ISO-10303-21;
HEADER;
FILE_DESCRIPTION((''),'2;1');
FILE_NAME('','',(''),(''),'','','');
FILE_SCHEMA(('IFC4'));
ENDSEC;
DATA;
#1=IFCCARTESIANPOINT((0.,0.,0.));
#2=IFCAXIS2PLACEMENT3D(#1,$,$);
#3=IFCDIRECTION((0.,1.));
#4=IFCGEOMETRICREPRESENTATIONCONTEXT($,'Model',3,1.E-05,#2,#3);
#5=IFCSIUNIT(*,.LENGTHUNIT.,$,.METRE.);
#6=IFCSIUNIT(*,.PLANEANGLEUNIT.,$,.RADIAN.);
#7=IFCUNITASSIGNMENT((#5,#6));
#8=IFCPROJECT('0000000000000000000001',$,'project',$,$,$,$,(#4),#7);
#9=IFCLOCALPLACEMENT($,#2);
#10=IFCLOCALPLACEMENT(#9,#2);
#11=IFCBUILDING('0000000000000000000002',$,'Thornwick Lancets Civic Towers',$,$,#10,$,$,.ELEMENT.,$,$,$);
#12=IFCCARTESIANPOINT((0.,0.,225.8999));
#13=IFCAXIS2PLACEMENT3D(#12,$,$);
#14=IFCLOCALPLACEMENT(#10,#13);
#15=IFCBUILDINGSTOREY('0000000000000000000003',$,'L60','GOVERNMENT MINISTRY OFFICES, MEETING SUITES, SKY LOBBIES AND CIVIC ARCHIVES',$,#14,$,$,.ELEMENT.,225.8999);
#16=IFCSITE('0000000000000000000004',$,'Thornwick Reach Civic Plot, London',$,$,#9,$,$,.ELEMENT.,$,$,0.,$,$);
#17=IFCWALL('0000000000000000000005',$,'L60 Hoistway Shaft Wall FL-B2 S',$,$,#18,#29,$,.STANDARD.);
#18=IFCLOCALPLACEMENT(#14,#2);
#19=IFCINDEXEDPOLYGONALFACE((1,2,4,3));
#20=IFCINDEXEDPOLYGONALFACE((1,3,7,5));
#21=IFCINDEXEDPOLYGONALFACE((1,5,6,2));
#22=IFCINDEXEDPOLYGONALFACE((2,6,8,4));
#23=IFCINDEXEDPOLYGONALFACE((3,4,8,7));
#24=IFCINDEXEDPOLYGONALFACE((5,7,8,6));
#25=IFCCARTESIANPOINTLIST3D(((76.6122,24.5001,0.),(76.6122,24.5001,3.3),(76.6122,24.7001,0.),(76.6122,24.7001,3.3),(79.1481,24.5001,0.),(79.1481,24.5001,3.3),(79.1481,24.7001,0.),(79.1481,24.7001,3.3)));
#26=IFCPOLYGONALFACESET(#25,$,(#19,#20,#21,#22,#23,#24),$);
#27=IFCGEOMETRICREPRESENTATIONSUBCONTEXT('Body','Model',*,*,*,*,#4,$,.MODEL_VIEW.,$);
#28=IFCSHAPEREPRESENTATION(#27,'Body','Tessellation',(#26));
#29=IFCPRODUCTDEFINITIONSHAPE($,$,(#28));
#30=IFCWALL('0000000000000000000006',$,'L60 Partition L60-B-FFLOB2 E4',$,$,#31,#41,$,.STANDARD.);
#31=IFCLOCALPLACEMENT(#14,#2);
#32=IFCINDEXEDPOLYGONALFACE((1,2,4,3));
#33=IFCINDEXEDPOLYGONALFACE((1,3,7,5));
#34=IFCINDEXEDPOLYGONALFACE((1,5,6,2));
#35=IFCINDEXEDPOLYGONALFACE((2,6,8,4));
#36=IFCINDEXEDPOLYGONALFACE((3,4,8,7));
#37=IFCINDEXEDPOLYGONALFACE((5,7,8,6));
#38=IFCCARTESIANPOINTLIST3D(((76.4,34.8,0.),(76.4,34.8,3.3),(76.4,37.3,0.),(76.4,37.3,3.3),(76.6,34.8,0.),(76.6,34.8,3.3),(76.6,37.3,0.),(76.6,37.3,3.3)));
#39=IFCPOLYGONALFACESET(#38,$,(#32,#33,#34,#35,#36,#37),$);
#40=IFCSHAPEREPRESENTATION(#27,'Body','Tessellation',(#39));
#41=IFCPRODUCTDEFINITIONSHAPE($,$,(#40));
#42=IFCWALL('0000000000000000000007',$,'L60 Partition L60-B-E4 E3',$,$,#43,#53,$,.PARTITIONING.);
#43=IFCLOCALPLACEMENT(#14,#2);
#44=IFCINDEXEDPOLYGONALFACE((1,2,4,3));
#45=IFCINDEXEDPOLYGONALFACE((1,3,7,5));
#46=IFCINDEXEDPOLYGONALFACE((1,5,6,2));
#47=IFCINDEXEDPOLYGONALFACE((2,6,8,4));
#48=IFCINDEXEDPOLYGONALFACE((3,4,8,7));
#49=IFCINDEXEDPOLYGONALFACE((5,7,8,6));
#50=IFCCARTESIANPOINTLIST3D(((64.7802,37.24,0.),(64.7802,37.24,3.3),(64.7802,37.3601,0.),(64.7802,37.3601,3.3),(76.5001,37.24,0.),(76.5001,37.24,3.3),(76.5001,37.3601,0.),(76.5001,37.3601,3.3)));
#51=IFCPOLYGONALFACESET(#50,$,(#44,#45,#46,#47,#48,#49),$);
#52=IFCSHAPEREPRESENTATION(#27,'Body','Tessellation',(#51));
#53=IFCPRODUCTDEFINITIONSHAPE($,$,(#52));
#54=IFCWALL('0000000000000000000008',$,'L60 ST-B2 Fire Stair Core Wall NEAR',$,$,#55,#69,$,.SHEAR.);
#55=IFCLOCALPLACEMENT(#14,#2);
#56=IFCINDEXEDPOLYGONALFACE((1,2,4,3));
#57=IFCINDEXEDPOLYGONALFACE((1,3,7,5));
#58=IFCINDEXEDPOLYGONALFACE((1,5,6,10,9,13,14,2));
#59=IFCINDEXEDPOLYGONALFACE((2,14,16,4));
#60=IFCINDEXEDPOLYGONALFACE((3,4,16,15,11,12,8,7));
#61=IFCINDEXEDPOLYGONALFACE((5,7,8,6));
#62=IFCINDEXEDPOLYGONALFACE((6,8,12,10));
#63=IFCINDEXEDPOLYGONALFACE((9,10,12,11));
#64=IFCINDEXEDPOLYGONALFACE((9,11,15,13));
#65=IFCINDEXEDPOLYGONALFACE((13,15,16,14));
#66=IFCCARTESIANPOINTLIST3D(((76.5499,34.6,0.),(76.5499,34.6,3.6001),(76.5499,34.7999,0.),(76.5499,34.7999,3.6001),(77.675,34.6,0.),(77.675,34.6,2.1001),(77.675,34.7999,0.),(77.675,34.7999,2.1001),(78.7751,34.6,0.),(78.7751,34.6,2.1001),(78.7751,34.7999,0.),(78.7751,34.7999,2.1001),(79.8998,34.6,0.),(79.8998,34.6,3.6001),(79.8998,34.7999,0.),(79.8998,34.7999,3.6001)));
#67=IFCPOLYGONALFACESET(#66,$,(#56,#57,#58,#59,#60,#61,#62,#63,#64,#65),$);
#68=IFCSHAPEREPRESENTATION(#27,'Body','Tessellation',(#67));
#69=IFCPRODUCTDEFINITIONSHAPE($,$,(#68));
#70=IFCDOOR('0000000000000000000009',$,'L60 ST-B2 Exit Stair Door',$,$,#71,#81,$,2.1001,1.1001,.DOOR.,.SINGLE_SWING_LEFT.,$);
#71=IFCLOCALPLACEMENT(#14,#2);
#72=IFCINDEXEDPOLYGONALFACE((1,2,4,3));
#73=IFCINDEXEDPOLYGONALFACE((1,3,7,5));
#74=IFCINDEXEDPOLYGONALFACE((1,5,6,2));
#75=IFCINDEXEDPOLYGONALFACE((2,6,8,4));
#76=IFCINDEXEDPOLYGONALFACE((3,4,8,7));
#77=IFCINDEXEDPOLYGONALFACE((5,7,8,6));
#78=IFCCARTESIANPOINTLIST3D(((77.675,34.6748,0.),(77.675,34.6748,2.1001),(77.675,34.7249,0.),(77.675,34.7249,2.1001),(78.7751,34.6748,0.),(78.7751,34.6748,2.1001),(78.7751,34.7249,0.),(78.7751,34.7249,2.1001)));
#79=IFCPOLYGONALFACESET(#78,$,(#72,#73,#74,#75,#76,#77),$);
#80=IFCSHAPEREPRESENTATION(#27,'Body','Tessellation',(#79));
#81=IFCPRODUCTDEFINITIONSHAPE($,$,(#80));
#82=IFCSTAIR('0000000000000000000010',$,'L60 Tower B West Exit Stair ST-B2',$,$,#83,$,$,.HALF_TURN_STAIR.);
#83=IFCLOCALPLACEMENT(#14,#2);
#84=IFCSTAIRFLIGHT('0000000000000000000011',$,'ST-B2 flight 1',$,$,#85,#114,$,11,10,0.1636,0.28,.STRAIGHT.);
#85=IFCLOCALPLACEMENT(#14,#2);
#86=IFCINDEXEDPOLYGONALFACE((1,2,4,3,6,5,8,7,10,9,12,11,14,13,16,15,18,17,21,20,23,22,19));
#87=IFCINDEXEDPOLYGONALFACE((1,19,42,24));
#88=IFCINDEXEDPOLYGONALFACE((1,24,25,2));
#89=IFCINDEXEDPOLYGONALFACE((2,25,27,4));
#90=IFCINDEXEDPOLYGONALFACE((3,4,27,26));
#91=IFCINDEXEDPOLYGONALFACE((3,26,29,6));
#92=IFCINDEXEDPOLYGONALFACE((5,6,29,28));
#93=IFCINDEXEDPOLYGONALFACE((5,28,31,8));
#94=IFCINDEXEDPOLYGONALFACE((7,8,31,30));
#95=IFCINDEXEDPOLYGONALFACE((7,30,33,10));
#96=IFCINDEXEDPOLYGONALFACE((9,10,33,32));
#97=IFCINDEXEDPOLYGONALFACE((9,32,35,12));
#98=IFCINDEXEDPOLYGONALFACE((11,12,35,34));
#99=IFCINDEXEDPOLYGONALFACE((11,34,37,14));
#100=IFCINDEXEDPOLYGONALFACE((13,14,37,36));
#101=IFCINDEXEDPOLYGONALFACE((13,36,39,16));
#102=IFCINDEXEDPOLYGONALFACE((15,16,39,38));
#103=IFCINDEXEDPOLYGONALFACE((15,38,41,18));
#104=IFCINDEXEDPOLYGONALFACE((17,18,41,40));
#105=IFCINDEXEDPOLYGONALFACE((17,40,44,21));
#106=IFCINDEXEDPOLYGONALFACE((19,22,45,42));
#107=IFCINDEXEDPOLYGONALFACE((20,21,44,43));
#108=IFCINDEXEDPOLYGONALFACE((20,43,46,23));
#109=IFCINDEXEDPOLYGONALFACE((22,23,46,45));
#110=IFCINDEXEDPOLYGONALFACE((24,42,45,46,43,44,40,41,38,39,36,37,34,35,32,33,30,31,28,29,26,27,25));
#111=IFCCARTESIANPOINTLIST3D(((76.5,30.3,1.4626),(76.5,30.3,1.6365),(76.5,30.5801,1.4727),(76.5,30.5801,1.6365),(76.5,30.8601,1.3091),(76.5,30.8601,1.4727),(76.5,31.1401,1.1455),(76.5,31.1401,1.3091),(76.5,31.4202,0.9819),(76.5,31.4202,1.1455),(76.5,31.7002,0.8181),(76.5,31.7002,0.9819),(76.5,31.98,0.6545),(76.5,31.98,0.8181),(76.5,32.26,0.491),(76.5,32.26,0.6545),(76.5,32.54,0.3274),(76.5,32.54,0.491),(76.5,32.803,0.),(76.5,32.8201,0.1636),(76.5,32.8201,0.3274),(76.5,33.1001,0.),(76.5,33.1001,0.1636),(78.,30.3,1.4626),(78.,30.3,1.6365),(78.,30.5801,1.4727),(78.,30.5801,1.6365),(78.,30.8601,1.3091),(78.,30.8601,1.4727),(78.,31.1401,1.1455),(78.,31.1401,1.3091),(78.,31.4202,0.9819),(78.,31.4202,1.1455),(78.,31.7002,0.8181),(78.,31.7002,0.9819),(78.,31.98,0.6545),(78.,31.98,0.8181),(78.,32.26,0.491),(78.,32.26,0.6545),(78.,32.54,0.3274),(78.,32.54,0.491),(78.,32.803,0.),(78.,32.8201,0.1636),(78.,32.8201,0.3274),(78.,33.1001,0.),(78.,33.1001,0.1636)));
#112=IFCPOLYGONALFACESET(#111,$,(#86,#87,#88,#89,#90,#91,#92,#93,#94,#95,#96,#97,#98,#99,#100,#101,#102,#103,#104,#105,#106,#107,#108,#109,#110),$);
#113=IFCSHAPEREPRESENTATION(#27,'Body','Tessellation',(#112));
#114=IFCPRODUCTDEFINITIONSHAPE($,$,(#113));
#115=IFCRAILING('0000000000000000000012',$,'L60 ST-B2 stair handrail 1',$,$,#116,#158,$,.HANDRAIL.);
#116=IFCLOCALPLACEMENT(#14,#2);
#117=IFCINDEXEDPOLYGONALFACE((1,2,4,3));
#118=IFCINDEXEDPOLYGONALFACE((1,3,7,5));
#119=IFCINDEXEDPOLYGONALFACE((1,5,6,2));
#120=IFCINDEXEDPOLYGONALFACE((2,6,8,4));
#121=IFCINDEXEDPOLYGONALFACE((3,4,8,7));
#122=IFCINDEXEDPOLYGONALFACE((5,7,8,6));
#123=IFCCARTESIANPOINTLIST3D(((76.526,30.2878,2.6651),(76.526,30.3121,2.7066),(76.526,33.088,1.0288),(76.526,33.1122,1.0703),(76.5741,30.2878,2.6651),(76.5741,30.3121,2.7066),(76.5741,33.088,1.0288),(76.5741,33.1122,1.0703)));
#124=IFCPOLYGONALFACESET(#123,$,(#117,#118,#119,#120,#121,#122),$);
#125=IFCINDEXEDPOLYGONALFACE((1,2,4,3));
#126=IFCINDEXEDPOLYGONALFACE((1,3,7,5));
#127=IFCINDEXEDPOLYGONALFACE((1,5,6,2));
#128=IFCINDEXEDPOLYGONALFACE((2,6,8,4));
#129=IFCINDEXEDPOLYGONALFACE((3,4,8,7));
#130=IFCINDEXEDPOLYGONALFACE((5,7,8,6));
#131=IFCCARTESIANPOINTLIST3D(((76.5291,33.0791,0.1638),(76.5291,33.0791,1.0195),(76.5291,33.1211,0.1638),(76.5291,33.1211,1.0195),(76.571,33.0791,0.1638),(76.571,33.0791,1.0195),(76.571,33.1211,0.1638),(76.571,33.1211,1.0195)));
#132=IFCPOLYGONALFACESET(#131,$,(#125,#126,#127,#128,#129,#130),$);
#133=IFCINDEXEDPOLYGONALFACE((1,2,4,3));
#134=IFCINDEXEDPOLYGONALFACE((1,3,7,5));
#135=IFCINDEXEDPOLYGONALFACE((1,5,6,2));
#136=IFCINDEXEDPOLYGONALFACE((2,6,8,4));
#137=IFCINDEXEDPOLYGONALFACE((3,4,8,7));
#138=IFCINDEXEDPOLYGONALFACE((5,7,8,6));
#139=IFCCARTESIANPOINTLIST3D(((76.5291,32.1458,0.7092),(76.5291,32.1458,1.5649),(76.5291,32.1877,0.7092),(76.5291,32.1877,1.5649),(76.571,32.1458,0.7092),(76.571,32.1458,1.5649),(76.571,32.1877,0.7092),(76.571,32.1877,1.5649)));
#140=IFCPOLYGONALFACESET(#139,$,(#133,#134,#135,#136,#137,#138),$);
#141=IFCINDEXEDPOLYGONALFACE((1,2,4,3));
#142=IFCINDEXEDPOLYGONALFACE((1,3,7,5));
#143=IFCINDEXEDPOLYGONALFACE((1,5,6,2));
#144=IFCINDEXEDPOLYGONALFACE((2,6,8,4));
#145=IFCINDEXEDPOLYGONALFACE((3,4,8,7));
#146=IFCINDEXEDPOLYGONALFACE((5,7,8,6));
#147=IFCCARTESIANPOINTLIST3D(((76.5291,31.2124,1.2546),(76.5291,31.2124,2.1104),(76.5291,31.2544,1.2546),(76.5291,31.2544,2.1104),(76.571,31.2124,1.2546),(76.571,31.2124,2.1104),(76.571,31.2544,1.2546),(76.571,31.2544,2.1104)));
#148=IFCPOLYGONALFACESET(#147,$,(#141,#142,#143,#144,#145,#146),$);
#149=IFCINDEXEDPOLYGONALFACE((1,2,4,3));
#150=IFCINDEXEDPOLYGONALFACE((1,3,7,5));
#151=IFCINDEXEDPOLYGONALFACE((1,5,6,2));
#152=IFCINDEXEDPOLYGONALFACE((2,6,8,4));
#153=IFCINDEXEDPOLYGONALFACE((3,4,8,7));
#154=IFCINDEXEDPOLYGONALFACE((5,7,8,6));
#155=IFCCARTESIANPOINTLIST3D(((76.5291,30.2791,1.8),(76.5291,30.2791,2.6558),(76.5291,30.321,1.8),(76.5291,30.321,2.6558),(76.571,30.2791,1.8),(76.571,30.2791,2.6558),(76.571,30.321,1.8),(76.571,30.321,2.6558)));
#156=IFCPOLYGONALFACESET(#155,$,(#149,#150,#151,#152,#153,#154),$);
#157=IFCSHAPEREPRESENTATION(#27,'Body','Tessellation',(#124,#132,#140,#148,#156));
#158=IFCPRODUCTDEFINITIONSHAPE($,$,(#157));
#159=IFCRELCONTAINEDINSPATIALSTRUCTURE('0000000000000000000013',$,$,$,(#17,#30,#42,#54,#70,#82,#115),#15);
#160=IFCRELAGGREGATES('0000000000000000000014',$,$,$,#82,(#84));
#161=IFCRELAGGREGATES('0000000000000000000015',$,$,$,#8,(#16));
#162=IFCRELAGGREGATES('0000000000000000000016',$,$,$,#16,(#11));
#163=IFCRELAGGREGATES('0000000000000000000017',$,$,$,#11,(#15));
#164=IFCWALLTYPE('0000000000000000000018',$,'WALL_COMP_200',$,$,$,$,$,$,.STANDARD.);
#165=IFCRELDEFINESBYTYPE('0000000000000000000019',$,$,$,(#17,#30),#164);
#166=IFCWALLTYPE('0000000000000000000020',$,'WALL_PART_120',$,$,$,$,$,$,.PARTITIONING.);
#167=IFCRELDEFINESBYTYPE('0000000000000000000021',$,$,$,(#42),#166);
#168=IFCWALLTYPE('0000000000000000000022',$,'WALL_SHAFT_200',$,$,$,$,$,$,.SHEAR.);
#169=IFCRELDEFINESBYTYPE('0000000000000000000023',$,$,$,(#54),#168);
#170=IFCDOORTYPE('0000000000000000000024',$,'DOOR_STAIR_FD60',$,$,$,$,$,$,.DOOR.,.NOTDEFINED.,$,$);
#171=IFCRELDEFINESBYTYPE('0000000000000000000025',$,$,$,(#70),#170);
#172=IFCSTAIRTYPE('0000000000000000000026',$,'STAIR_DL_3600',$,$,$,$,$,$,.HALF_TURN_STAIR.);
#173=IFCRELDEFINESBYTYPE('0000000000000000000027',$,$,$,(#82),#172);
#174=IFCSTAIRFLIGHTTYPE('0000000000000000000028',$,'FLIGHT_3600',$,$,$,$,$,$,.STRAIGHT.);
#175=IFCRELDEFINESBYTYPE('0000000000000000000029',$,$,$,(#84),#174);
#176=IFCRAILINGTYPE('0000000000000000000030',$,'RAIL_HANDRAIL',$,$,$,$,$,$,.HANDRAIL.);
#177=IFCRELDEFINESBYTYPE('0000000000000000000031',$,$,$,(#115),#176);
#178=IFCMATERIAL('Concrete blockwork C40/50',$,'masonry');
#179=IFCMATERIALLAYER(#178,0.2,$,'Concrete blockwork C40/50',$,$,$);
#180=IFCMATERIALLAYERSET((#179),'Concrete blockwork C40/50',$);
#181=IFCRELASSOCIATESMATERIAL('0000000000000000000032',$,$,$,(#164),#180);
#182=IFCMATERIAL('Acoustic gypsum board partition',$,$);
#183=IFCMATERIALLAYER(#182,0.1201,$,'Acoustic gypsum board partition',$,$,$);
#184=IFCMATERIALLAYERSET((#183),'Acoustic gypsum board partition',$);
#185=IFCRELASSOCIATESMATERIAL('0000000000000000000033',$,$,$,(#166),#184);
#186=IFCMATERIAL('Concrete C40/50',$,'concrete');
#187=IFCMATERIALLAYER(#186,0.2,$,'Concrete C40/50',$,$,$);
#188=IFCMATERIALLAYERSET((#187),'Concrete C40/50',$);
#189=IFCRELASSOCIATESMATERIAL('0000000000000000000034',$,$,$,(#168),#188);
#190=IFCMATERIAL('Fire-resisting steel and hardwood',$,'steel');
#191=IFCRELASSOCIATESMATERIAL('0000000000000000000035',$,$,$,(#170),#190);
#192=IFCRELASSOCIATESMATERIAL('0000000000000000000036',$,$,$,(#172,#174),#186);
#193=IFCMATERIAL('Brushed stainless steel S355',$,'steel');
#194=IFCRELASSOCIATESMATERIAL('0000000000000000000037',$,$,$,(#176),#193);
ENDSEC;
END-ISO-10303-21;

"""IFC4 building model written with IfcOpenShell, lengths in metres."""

from ifc_helpers import new_model, si_unit, direction, frame, frame_2d, origin, origin_2d, place, context, subcontext, project, spatial, polyline, rectangle, outline, extrude, material, layer, layer_set, type_object, element, fill, aggregate, save


model = new_model("IFC4")

# Units and contexts
model_context = context("Model", 3, precision=1e-05, world=origin(), true_north=direction((0.0, 1.0)))
body_context = subcontext(model_context, "Body", "Model", "MODEL_VIEW")
ifc_project = project(units=[si_unit("LENGTHUNIT", "METRE"), si_unit("PLANEANGLEUNIT", "RADIAN")], contexts=[model_context])

# Site, building, storey
site_placement = place(None, origin())
site = spatial("IfcSite", under=ifc_project, at=site_placement, Name="Thornwick Reach Civic Plot, London", CompositionType="ELEMENT", RefElevation=0.0)
building_placement = place(site_placement, origin())
building = spatial("IfcBuilding", under=site, at=building_placement, Name="Thornwick Lancets Civic Towers", CompositionType="ELEMENT")
storey_placement = place(building_placement, frame((0.0, 0.0, 225.8999)))
storey = spatial("IfcBuildingStorey", under=building, at=storey_placement, Name="L60", Description="GOVERNMENT MINISTRY OFFICES, MEETING SUITES, SKY LOBBIES AND CIVIC ARCHIVES", CompositionType="ELEMENT", Elevation=225.8999)

# Shared definitions
ifc_material_1 = material(Name="Concrete C40/50", Category="concrete")

# Walls
ifc_material_2 = material(Name="Concrete blockwork C40/50", Category="masonry")
ifc_layer_1 = layer(ifc_material_2, 0.2, Name="Concrete blockwork C40/50")
ifc_layer_set_1 = layer_set([ifc_layer_1], Name="Concrete blockwork C40/50")
wall_type_1 = type_object("IfcWallType", Name="WALL_COMP_200", PredefinedType="STANDARD", material=ifc_layer_set_1)
for number, where, z_axis, x_axis, name in (
    (1, (76.6121, 24.6001, 0.0), (0.0, 0.0, 1.0), (1.0, 0.0, 0.0), "L60 Hoistway Shaft Wall FL-B2 S"),
):
    element("IfcWall", number, at=place(storey_placement, frame(where, z_axis=z_axis, x_axis=x_axis)), inside=storey, type_object=wall_type_1, Name=name, PredefinedType="STANDARD", context=body_context, shape_type="SweptSolid", body=[
        extrude(rectangle(XDim=2.5359, YDim=0.2, at=frame_2d((1.2681, 0.0))), origin(), (0.0, 0.0, 1.0), 3.3),
    ])
wall_1_placement = place(storey_placement, frame((76.5, 37.3, 0.0), z_axis=(0.0, 0.0, 1.0), x_axis=(0.0, -1.0, 0.0)))
element("IfcWall", 2, at=wall_1_placement, inside=storey, type_object=wall_type_1, Name="L60 Partition L60-B-FFLOB2 E4", PredefinedType="STANDARD", context=body_context, shape_type="SweptSolid", body=[
    extrude(rectangle(XDim=2.5, YDim=0.2, at=frame_2d((1.25, 0.0))), origin(), (0.0, 0.0, 1.0), 3.3),
])
ifc_material_3 = material(Name="Acoustic gypsum board partition")
ifc_layer_2 = layer(ifc_material_3, 0.1201, Name="Acoustic gypsum board partition")
ifc_layer_set_2 = layer_set([ifc_layer_2], Name="Acoustic gypsum board partition")
wall_type_2 = type_object("IfcWallType", Name="WALL_PART_120", PredefinedType="PARTITIONING", material=ifc_layer_set_2)
wall_2_placement = place(storey_placement, frame((76.5, 37.3, 0.0), z_axis=(0.0, 0.0, 1.0), x_axis=(-1.0, 0.0, 0.0)))
element("IfcWall", 3, at=wall_2_placement, inside=storey, type_object=wall_type_2, Name="L60 Partition L60-B-E4 E3", PredefinedType="PARTITIONING", context=body_context, shape_type="SweptSolid", body=[
    extrude(rectangle(XDim=11.72, YDim=0.1201, at=frame_2d((5.8599, 0.0))), origin(), (0.0, 0.0, 1.0), 3.3),
])

# Wall, opening, door
ifc_layer_3 = layer(ifc_material_1, 0.2, Name="Concrete C40/50")
ifc_layer_set_3 = layer_set([ifc_layer_3], Name="Concrete C40/50")
wall_type_3 = type_object("IfcWallType", Name="WALL_SHAFT_200", PredefinedType="SHEAR", material=ifc_layer_set_3)
wall_3_placement = place(storey_placement, frame((76.55, 34.7, 0.0), z_axis=(0.0, 0.0, 1.0), x_axis=(1.0, 0.0, 0.0)))
wall_3 = element("IfcWall", 4, at=wall_3_placement, inside=storey, type_object=wall_type_3, Name="L60 ST-B2 Fire Stair Core Wall NEAR", PredefinedType="SHEAR", context=body_context, shape_type="SweptSolid", body=[
    extrude(rectangle(XDim=3.3499, YDim=0.2, at=frame_2d((1.6748, 0.0))), origin(), (0.0, 0.0, 1.0), 3.6001),
])
opening_placement = place(wall_3_placement, frame((1.125, 0.0, 0.0)))
opening = element("IfcOpeningElement", 5, at=opening_placement, cuts=wall_3, PredefinedType="OPENING", context=body_context, shape_type="SweptSolid", body=[
    extrude(rectangle(XDim=1.1001, YDim=2.1001, at=frame_2d((0.55, 1.05))), frame((0.0, 0.1099, 0.0), z_axis=(0.0, -1.0, 0.0), x_axis=(1.0, 0.0, 0.0)), (0.0, 0.0, 1.0), 0.22),
])
ifc_material_4 = material(Name="Fire-resisting steel and hardwood", Category="steel")
door_type = type_object("IfcDoorType", Name="DOOR_STAIR_FD60", OperationType="NOTDEFINED", PredefinedType="DOOR", material=ifc_material_4)
door_placement = place(opening_placement, origin())
door = element("IfcDoor", 6, at=door_placement, inside=storey, type_object=door_type, Name="L60 ST-B2 Exit Stair Door", OperationType="SINGLE_SWING_LEFT", OverallHeight=2.1001, OverallWidth=1.1001, PredefinedType="DOOR", context=body_context, shape_type="SweptSolid", body=[
    extrude(rectangle(XDim=1.1001, YDim=2.1001, at=frame_2d((0.55, 1.05))), frame((0.0, 0.0249, 0.0), z_axis=(0.0, -1.0, 0.0), x_axis=(1.0, 0.0, 0.0)), (0.0, 0.0, 1.0), 0.05),
])
fill(opening, door)

# Stair, stair flight
stair_type = type_object("IfcStairType", Name="STAIR_DL_3600", PredefinedType="HALF_TURN_STAIR", material=ifc_material_1)
stair_placement = place(storey_placement, origin())
stair = element("IfcStair", 7, at=stair_placement, inside=storey, type_object=stair_type, Name="L60 Tower B West Exit Stair ST-B2", PredefinedType="HALF_TURN_STAIR")
stair_flight_type = type_object("IfcStairFlightType", Name="FLIGHT_3600", PredefinedType="STRAIGHT", material=ifc_material_1)
stair_flight_placement = place(storey_placement, frame((77.25, 33.1001, 0.0), z_axis=(0.0, 0.0, 1.0), x_axis=(0.0, -1.0, 0.0)))
stair_flight = element("IfcStairFlight", 8, at=stair_flight_placement, type_object=stair_flight_type, Name="ST-B2 flight 1", NumberOfRisers=11, NumberOfTreads=10, PredefinedType="STRAIGHT", RiserHeight=0.1636, TreadLength=0.28, context=body_context, shape_type="SweptSolid", body=[
    extrude(outline(polyline([(0.0, 0.0), (0.0, 0.1636), (0.28, 0.1636), (0.28, 0.3274), (0.5601, 0.3274), (0.5601, 0.491), (0.8401, 0.491), (0.8401, 0.6545), (1.1201, 0.6545), (1.1201, 0.8181), (1.3999, 0.8181), (1.3999, 0.9819), (1.6799, 0.9819), (1.6799, 1.1455), (1.96, 1.1455), (1.96, 1.3091), (2.24, 1.3091), (2.24, 1.4727), (2.52, 1.4727), (2.52, 1.6365), (2.8, 1.6365), (2.8, 1.8), (2.8, 1.4626), (0.2971, 0.0), (0.0, 0.0)])), frame((0.0, 0.75, 0.0), z_axis=(0.0, -1.0, 0.0), x_axis=(1.0, 0.0, 0.0)), (0.0, 0.0, 1.0), 1.5),
])
aggregate(stair, [stair_flight])

# Railing
ifc_material_5 = material(Name="Brushed stainless steel S355", Category="steel")
railing_type_1 = type_object("IfcRailingType", Name="RAIL_HANDRAIL", PredefinedType="HANDRAIL", material=ifc_material_5)
railing_1_placement = place(storey_placement, frame((76.55, 33.1001, 0.1638)))
element("IfcRailing", 9, at=railing_1_placement, inside=storey, type_object=railing_type_1, Name="L60 ST-B2 stair handrail 1", PredefinedType="HANDRAIL", context=body_context, shape_type="SweptSolid", body=[
    extrude(rectangle(XDim=0.0481, YDim=0.0481, at=origin_2d()), frame((0.0, 0.0, 0.8857), z_axis=(0.0, -0.863394, 0.504531), x_axis=(1.0, 0.0, 0.0)), (0.0, 0.0, 1.0), 3.2432),
    extrude(rectangle(XDim=0.042, YDim=0.042, at=origin_2d()), origin(), (0.0, 0.0, 1.0), 0.8557),
    extrude(rectangle(XDim=0.042, YDim=0.042, at=origin_2d()), frame((0.0, -0.9333, 0.5454)), (0.0, 0.0, 1.0), 0.8557),
    extrude(rectangle(XDim=0.042, YDim=0.042, at=origin_2d()), frame((0.0, -1.8667, 1.0908)), (0.0, 0.0, 1.0), 0.8557),
    extrude(rectangle(XDim=0.042, YDim=0.042, at=origin_2d()), frame((0.0, -2.8, 1.6362)), (0.0, 0.0, 1.0), 0.8557),
])

save(model, "model.ifc")
